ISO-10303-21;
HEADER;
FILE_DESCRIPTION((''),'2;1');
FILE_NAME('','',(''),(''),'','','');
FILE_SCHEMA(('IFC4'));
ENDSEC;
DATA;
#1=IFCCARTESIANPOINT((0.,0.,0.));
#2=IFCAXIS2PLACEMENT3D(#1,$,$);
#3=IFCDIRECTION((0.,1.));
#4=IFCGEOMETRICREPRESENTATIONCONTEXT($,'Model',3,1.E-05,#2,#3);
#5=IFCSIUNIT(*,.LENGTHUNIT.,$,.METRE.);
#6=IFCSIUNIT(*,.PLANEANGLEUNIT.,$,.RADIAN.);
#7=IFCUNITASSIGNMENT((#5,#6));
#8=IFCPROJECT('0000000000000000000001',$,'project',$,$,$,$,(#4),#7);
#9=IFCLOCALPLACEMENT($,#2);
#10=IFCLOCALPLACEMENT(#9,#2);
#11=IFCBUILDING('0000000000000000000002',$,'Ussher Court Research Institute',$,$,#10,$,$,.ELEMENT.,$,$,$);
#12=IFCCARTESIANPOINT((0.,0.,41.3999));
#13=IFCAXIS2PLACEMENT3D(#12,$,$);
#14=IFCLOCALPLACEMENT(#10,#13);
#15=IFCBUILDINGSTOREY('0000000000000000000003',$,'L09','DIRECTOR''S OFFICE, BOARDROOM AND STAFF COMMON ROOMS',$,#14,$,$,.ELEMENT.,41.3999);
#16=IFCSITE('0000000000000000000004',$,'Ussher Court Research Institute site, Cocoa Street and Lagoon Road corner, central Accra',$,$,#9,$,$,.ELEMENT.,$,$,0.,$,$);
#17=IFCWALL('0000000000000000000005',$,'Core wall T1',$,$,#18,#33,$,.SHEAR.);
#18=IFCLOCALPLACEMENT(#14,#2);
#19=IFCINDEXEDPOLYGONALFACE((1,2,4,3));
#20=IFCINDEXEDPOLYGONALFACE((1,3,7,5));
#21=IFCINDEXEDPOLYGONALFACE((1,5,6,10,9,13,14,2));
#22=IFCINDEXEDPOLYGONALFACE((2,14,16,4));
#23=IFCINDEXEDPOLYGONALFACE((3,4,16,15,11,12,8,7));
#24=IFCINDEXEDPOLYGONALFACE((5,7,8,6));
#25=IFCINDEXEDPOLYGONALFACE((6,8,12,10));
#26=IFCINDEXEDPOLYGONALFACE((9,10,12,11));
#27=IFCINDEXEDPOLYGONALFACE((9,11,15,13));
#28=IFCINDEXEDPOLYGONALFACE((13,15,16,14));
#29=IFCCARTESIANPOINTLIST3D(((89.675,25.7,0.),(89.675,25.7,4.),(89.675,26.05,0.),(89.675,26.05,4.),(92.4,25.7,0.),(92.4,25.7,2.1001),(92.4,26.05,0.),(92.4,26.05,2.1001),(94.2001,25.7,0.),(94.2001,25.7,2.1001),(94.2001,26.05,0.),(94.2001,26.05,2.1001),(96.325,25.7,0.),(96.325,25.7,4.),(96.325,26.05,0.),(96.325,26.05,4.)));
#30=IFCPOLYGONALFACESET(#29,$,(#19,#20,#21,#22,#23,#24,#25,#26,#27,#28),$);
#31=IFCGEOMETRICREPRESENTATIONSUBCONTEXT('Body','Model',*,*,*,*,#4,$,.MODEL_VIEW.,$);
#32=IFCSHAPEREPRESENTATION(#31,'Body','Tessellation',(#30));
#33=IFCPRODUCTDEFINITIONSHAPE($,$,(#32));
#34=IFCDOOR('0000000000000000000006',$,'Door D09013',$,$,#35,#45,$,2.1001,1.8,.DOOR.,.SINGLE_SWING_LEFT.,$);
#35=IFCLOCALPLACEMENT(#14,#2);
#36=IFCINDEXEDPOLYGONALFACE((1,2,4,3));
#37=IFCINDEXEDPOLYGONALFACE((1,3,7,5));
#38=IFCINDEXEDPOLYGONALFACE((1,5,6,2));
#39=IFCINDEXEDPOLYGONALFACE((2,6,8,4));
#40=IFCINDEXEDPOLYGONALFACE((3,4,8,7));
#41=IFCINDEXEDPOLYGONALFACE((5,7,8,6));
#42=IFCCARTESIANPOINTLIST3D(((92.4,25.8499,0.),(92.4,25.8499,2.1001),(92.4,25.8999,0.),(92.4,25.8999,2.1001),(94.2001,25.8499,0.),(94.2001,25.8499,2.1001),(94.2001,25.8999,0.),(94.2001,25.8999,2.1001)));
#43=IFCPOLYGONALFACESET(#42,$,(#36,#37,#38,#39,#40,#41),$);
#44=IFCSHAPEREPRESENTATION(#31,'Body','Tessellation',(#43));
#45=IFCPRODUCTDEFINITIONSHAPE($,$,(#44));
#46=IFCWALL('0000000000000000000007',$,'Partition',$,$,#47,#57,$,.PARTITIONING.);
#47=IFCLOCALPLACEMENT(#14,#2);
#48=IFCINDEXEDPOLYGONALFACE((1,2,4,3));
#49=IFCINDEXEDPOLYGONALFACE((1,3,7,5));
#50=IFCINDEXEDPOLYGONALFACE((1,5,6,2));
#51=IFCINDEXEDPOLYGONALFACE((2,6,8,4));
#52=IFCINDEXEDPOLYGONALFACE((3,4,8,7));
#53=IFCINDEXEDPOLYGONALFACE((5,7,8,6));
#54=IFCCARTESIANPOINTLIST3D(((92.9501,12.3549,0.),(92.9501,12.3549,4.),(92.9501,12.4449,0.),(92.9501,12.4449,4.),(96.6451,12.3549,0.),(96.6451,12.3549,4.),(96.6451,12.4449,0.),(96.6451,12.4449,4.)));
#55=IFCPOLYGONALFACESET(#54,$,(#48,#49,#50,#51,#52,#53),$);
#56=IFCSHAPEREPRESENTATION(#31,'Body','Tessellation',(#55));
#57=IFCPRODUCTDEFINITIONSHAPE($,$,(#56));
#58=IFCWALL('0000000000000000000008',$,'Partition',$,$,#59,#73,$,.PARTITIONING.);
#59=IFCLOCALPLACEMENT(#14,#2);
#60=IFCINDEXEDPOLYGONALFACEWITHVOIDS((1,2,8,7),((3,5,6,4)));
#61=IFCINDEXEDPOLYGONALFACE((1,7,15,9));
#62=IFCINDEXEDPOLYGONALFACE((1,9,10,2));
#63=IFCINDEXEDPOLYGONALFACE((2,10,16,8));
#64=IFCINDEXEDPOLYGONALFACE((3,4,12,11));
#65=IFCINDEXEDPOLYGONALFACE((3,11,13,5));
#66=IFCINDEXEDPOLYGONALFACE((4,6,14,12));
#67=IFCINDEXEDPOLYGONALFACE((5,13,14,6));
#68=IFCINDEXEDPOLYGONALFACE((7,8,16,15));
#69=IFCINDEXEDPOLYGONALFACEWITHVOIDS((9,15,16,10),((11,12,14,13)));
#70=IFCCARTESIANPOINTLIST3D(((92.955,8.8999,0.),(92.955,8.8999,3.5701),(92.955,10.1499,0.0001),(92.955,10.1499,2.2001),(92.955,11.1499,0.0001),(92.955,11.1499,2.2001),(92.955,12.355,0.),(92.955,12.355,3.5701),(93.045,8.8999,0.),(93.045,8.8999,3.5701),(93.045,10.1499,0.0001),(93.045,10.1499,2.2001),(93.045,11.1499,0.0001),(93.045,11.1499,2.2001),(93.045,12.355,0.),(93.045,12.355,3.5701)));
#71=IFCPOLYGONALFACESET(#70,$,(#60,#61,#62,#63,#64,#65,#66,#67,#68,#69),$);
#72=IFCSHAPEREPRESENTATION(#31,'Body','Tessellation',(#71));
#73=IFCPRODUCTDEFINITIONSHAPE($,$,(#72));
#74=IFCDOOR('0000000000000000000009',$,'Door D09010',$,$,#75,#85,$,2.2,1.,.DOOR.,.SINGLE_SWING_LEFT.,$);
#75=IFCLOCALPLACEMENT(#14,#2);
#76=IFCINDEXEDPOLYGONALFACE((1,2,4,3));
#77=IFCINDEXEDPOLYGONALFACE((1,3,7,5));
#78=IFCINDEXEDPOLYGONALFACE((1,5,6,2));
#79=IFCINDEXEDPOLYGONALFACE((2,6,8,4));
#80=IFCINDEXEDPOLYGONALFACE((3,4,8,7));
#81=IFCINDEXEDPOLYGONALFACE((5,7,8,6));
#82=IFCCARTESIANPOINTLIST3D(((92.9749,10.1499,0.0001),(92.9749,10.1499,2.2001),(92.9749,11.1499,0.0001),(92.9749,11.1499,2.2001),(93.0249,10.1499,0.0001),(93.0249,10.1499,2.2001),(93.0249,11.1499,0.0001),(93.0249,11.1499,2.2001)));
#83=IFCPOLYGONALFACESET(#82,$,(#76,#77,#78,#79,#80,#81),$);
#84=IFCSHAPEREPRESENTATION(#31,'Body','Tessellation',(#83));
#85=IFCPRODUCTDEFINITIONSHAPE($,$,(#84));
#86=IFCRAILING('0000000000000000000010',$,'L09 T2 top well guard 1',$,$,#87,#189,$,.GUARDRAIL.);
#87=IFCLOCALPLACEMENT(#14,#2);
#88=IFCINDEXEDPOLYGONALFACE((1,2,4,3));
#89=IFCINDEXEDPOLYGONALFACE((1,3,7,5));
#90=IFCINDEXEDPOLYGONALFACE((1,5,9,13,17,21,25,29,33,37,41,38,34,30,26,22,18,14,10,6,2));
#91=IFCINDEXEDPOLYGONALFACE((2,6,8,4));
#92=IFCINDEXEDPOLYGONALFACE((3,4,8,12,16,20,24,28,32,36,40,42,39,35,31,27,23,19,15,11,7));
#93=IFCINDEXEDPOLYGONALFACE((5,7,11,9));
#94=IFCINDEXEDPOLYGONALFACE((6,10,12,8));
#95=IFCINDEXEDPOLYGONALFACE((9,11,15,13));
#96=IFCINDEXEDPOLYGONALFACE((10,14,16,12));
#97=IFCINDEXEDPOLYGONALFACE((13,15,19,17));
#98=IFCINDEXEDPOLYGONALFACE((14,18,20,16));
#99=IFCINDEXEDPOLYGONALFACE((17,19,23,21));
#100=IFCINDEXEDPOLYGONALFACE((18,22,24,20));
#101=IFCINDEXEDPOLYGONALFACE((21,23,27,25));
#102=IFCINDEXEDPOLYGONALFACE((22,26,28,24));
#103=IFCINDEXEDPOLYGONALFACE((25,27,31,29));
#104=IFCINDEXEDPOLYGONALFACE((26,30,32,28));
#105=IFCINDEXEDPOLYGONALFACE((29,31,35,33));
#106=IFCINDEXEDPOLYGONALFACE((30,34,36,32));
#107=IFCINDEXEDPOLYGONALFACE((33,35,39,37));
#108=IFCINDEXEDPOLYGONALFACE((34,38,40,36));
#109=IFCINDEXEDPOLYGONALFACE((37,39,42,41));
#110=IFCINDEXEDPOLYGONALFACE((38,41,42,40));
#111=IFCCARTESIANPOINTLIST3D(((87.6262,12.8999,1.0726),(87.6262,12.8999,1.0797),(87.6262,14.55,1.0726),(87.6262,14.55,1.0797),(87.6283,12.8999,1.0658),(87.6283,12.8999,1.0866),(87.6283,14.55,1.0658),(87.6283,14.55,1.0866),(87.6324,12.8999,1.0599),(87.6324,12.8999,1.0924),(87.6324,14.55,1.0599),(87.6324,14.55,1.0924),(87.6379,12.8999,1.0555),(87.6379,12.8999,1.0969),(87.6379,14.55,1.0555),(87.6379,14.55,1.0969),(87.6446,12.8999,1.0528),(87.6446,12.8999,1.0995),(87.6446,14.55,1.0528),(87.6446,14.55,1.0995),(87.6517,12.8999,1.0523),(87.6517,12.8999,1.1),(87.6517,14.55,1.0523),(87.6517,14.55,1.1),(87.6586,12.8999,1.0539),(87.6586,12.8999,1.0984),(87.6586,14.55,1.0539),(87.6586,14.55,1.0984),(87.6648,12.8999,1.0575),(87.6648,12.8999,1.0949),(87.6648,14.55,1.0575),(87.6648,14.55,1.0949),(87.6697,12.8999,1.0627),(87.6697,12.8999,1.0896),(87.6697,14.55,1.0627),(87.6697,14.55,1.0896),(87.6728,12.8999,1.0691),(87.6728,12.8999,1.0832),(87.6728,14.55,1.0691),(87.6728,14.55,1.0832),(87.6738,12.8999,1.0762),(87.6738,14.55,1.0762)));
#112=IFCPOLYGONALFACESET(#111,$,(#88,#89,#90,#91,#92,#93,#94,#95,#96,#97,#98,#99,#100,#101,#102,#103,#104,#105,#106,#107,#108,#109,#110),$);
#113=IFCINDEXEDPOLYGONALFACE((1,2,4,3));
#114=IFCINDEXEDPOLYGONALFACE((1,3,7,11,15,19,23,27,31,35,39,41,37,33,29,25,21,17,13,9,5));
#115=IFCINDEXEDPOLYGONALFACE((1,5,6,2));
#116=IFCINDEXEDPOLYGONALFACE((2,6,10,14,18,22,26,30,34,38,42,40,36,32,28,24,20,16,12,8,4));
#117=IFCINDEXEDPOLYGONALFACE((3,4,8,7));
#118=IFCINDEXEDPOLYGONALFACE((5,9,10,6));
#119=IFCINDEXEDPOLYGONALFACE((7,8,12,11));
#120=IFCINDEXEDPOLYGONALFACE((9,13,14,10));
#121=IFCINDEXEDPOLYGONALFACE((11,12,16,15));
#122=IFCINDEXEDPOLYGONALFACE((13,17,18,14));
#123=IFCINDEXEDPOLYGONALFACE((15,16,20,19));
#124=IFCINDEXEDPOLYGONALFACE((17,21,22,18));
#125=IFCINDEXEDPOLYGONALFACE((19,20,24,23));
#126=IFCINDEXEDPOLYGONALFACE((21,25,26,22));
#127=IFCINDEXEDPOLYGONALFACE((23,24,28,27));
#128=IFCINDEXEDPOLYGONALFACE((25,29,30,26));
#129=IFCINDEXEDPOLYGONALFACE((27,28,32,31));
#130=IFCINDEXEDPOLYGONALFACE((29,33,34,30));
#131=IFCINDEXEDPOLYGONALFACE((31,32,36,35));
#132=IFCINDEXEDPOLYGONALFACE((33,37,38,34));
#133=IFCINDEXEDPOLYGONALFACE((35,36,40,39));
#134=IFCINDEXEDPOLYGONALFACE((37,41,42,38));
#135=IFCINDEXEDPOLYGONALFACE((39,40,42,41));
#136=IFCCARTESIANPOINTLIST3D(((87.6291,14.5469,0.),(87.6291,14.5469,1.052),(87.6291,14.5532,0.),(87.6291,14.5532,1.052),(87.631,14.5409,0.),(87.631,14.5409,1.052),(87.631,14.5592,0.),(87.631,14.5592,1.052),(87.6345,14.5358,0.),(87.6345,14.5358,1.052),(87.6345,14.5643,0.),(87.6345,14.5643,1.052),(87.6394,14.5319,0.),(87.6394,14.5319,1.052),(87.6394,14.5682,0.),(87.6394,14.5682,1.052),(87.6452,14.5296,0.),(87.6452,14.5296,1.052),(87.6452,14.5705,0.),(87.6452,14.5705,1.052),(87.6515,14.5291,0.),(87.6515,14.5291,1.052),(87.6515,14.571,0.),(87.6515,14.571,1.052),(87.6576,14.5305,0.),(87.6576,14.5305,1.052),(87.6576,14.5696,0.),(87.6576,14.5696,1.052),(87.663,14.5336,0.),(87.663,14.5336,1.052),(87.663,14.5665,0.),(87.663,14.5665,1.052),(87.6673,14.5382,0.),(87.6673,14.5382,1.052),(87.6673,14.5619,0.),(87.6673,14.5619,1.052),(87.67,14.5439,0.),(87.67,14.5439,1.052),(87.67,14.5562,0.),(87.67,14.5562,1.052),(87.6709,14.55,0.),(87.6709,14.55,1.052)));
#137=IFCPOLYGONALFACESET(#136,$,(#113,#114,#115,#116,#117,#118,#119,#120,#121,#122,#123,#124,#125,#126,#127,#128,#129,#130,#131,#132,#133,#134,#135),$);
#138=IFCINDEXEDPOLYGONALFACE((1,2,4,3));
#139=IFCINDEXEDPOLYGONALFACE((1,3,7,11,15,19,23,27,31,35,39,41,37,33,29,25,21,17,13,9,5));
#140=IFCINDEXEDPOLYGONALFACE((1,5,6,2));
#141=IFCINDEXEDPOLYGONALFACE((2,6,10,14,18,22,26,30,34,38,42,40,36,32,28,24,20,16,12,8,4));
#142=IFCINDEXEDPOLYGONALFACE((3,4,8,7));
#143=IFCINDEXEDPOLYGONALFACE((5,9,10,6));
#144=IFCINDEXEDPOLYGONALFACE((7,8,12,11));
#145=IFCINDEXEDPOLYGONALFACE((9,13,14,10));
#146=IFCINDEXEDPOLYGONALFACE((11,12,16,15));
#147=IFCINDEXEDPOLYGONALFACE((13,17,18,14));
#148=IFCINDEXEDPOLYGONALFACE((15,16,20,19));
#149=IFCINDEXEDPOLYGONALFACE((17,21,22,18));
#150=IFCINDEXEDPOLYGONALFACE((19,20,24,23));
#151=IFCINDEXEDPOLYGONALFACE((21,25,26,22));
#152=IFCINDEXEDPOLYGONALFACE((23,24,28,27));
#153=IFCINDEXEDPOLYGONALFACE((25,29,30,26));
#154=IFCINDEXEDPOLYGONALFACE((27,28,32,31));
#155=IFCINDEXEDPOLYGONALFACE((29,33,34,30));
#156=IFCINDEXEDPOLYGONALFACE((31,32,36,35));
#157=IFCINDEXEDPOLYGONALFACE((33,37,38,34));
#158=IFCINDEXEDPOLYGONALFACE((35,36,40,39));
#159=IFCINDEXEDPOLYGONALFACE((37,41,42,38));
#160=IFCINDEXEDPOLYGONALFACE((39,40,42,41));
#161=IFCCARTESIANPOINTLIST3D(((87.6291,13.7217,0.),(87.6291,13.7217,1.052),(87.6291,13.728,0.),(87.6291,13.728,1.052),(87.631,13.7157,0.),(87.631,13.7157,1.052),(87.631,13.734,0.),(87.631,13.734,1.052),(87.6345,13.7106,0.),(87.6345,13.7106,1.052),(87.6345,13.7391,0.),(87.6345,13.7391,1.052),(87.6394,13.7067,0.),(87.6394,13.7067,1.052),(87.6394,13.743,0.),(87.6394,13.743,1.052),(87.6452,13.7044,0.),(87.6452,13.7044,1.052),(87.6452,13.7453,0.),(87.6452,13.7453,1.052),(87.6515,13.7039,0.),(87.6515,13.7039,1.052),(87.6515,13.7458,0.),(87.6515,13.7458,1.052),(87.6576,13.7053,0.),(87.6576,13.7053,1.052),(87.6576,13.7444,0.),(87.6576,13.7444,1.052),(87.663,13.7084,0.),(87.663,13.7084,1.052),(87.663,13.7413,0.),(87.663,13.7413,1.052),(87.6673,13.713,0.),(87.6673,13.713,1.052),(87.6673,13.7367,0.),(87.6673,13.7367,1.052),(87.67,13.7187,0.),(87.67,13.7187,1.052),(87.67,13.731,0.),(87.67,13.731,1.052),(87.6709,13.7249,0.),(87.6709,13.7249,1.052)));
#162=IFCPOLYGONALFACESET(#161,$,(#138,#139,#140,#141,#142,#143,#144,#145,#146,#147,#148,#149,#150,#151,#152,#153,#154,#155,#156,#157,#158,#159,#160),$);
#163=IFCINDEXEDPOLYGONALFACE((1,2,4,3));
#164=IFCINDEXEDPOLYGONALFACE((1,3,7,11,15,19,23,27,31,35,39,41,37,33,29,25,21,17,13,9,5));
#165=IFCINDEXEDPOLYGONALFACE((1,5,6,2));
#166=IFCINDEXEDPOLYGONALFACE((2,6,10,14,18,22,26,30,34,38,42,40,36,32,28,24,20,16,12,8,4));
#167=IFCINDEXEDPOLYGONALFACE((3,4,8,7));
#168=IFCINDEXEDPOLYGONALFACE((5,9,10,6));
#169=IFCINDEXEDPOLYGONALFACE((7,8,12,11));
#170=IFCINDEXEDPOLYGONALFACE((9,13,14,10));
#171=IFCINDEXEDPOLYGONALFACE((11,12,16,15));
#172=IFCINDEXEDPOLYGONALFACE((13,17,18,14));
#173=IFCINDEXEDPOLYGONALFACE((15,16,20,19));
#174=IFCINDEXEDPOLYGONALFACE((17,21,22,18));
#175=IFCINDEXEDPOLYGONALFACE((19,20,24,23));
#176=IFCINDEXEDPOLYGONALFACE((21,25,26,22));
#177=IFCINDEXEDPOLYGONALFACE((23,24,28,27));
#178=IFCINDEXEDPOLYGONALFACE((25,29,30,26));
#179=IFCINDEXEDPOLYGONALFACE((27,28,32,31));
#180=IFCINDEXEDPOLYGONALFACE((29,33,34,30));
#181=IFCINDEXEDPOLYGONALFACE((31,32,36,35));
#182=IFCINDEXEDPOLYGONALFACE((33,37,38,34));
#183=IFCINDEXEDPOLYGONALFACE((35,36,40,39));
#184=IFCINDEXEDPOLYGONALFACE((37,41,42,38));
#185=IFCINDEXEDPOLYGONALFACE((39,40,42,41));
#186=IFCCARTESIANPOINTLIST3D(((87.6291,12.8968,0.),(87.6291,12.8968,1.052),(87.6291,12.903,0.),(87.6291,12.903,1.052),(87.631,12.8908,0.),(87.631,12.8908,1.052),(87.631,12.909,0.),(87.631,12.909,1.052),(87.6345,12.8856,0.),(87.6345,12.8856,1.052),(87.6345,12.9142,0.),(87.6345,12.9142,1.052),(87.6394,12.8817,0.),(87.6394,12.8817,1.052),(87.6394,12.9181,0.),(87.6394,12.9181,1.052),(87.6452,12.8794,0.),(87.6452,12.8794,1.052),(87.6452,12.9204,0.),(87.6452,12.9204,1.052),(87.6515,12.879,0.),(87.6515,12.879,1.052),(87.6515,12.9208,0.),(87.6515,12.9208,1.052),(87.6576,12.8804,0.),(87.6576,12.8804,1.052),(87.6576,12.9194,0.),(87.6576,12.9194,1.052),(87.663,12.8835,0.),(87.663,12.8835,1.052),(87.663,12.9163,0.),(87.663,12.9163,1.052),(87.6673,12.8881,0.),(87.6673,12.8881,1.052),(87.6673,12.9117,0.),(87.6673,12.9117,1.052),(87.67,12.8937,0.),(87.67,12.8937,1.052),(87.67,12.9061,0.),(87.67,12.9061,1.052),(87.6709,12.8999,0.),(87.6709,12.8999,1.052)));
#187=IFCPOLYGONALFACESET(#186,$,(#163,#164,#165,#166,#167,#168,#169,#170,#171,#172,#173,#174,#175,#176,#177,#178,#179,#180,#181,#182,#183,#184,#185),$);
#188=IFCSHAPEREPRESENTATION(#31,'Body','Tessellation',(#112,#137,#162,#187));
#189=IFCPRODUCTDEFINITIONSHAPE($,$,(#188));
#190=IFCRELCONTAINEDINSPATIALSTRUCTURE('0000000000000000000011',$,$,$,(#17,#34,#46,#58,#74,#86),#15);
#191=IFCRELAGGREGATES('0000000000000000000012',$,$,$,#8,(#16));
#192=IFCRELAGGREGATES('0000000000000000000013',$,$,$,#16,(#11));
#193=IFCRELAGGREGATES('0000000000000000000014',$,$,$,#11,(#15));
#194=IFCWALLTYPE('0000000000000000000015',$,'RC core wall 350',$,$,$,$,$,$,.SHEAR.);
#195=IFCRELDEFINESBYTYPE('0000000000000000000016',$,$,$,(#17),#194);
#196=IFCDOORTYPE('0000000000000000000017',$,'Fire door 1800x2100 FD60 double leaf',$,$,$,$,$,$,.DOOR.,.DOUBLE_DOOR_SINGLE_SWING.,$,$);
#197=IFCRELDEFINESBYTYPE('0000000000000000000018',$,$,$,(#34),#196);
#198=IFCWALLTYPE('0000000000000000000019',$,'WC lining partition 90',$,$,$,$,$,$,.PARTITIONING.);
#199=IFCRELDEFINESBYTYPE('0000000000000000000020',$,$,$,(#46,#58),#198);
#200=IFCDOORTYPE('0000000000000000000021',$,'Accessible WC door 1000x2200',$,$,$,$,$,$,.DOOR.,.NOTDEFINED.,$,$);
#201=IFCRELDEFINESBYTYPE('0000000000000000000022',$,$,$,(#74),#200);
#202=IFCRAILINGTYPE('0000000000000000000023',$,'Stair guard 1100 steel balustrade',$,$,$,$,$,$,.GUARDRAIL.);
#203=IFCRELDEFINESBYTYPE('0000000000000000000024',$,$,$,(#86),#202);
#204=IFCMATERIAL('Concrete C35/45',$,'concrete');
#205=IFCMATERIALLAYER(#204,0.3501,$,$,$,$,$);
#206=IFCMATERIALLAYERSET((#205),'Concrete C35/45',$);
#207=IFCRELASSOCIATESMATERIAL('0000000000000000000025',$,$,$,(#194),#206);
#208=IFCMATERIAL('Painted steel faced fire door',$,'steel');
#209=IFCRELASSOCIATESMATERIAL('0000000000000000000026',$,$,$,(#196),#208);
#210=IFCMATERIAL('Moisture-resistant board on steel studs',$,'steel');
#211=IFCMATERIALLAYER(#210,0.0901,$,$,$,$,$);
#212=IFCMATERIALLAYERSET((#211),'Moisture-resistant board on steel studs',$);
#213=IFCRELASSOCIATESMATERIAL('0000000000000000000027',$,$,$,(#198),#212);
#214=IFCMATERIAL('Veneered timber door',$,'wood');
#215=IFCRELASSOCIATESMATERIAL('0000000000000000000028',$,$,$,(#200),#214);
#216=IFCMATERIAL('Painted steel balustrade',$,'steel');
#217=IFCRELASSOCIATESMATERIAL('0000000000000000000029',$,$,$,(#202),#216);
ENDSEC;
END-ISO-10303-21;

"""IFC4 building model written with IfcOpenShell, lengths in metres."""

from ifc_helpers import new_model, si_unit, direction, frame, frame_2d, origin, origin_2d, place, context, subcontext, project, spatial, rectangle, circle, extrude, material, layer, layer_set, type_object, element, fill, save


model = new_model("IFC4")

# Units and contexts
model_context = context("Model", 3, precision=1e-05, world=origin(), true_north=direction((0.0, 1.0)))
body_context = subcontext(model_context, "Body", "Model", "MODEL_VIEW")
ifc_project = project(units=[si_unit("LENGTHUNIT", "METRE"), si_unit("PLANEANGLEUNIT", "RADIAN")], contexts=[model_context])

# Site, building, storey
site_placement = place(None, origin())
site = spatial("IfcSite", under=ifc_project, at=site_placement, Name="Ussher Court Research Institute site, Cocoa Street and Lagoon Road corner, central Accra", CompositionType="ELEMENT", RefElevation=0.0)
building_placement = place(site_placement, origin())
building = spatial("IfcBuilding", under=site, at=building_placement, Name="Ussher Court Research Institute", CompositionType="ELEMENT")
storey_placement = place(building_placement, frame((0.0, 0.0, 41.3999)))
storey = spatial("IfcBuildingStorey", under=building, at=storey_placement, Name="L09", Description="DIRECTOR'S OFFICE, BOARDROOM AND STAFF COMMON ROOMS", CompositionType="ELEMENT", Elevation=41.3999)

# Wall, opening, door
ifc_material_1 = material(Name="Concrete C35/45", Category="concrete")
ifc_layer_1 = layer(ifc_material_1, 0.3501)
ifc_layer_set_1 = layer_set([ifc_layer_1], Name="Concrete C35/45")
wall_type_1 = type_object("IfcWallType", Name="RC core wall 350", PredefinedType="SHEAR", material=ifc_layer_set_1)
wall_1_placement = place(storey_placement, frame((89.675, 25.875, 0.0), z_axis=(0.0, 0.0, 1.0), x_axis=(1.0, 0.0, 0.0)))
wall_1 = element("IfcWall", 1, at=wall_1_placement, inside=storey, type_object=wall_type_1, Name="Core wall T1", PredefinedType="SHEAR", context=body_context, shape_type="SweptSolid", body=[
    extrude(rectangle(XDim=6.6499, YDim=0.3501, at=frame_2d((3.325, 0.0))), origin(), (0.0, 0.0, 1.0), 4.0),
])
opening_1_placement = place(wall_1_placement, frame((2.7251, 0.0, 0.0)))
opening_1 = element("IfcOpeningElement", 2, at=opening_1_placement, cuts=wall_1, PredefinedType="OPENING", context=body_context, shape_type="SweptSolid", body=[
    extrude(rectangle(XDim=1.8, YDim=2.1001, at=frame_2d((0.8999, 1.05))), frame((0.0, 0.1851, 0.0), z_axis=(0.0, -1.0, 0.0), x_axis=(1.0, 0.0, 0.0)), (0.0, 0.0, 1.0), 0.3701),
])
ifc_material_2 = material(Name="Painted steel faced fire door", Category="steel")
door_type_1 = type_object("IfcDoorType", Name="Fire door 1800x2100 FD60 double leaf", OperationType="DOUBLE_DOOR_SINGLE_SWING", PredefinedType="DOOR", material=ifc_material_2)
door_1_placement = place(opening_1_placement, origin())
door_1 = element("IfcDoor", 3, at=door_1_placement, inside=storey, type_object=door_type_1, Name="Door D09013", OperationType="SINGLE_SWING_LEFT", OverallHeight=2.1001, OverallWidth=1.8, PredefinedType="DOOR", context=body_context, shape_type="SweptSolid", body=[
    extrude(rectangle(XDim=1.8, YDim=2.1001, at=frame_2d((0.8999, 1.05))), frame((0.0, 0.0249, 0.0), z_axis=(0.0, -1.0, 0.0), x_axis=(1.0, 0.0, 0.0)), (0.0, 0.0, 1.0), 0.05),
])
fill(opening_1, door_1)

# Wall
ifc_material_3 = material(Name="Moisture-resistant board on steel studs", Category="steel")
ifc_layer_2 = layer(ifc_material_3, 0.0901)
ifc_layer_set_2 = layer_set([ifc_layer_2], Name="Moisture-resistant board on steel studs")
wall_type_2 = type_object("IfcWallType", Name="WC lining partition 90", PredefinedType="PARTITIONING", material=ifc_layer_set_2)
wall_2_placement = place(storey_placement, frame((92.95, 12.3999, 0.0), z_axis=(0.0, 0.0, 1.0), x_axis=(1.0, 0.0, 0.0)))
element("IfcWall", 4, at=wall_2_placement, inside=storey, type_object=wall_type_2, Name="Partition", PredefinedType="PARTITIONING", context=body_context, shape_type="SweptSolid", body=[
    extrude(rectangle(XDim=3.6951, YDim=0.0901, at=frame_2d((1.8477, 0.0))), origin(), (0.0, 0.0, 1.0), 4.0),
])

# Wall, opening, door
wall_3_placement = place(storey_placement, frame((93.0, 12.355, 0.0), z_axis=(0.0, 0.0, 1.0), x_axis=(0.0, -1.0, 0.0)))
wall_3 = element("IfcWall", 5, at=wall_3_placement, inside=storey, type_object=wall_type_2, Name="Partition", PredefinedType="PARTITIONING", context=body_context, shape_type="SweptSolid", body=[
    extrude(rectangle(XDim=3.4551, YDim=0.0901, at=frame_2d((1.7275, 0.0))), origin(), (0.0, 0.0, 1.0), 3.5701),
])
opening_2_placement = place(wall_3_placement, frame((1.2051, 0.0, 0.0)))
opening_2 = element("IfcOpeningElement", 6, at=opening_2_placement, cuts=wall_3, PredefinedType="OPENING", context=body_context, shape_type="SweptSolid", body=[
    extrude(rectangle(XDim=1.0, YDim=2.2, at=frame_2d((0.5, 1.1001))), frame((0.0, 0.0552, 0.0), z_axis=(0.0, -1.0, 0.0), x_axis=(1.0, 0.0, 0.0)), (0.0, 0.0, 1.0), 0.1101),
])
ifc_material_4 = material(Name="Veneered timber door", Category="wood")
door_type_2 = type_object("IfcDoorType", Name="Accessible WC door 1000x2200", OperationType="NOTDEFINED", PredefinedType="DOOR", material=ifc_material_4)
door_2_placement = place(opening_2_placement, origin())
door_2 = element("IfcDoor", 7, at=door_2_placement, inside=storey, type_object=door_type_2, Name="Door D09010", OperationType="SINGLE_SWING_LEFT", OverallHeight=2.2, OverallWidth=1.0, PredefinedType="DOOR", context=body_context, shape_type="SweptSolid", body=[
    extrude(rectangle(XDim=1.0, YDim=2.2, at=frame_2d((0.5, 1.1001))), frame((0.0, 0.0249, 0.0), z_axis=(0.0, -1.0, 0.0), x_axis=(1.0, 0.0, 0.0)), (0.0, 0.0, 1.0), 0.05),
])
fill(opening_2, door_2)

# Railing
ifc_material_5 = material(Name="Painted steel balustrade", Category="steel")
railing_type = type_object("IfcRailingType", Name="Stair guard 1100 steel balustrade", PredefinedType="GUARDRAIL", material=ifc_material_5)
railing_placement = place(storey_placement, frame((87.6499, 14.55, 0.0)))
element("IfcRailing", 8, at=railing_placement, inside=storey, type_object=railing_type, Name="L09 T2 top well guard 1", PredefinedType="GUARDRAIL", context=body_context, shape_type="SweptSolid", body=[
    extrude(circle(Radius=0.0239, at=origin_2d()), frame((0.0, 0.0, 1.0762), z_axis=(0.0, -1.0, 0.0), x_axis=(1.0, 0.0, 0.0)), (0.0, 0.0, 1.0), 1.6501),
    extrude(circle(Radius=0.021, at=origin_2d()), origin(), (0.0, 0.0, 1.0), 1.052),
    extrude(circle(Radius=0.021, at=origin_2d()), frame((0.0, -0.8252, 0.0)), (0.0, 0.0, 1.0), 1.052),
    extrude(circle(Radius=0.021, at=origin_2d()), frame((0.0, -1.6501, 0.0)), (0.0, 0.0, 1.0), 1.052),
])

save(model, "model.ifc")
